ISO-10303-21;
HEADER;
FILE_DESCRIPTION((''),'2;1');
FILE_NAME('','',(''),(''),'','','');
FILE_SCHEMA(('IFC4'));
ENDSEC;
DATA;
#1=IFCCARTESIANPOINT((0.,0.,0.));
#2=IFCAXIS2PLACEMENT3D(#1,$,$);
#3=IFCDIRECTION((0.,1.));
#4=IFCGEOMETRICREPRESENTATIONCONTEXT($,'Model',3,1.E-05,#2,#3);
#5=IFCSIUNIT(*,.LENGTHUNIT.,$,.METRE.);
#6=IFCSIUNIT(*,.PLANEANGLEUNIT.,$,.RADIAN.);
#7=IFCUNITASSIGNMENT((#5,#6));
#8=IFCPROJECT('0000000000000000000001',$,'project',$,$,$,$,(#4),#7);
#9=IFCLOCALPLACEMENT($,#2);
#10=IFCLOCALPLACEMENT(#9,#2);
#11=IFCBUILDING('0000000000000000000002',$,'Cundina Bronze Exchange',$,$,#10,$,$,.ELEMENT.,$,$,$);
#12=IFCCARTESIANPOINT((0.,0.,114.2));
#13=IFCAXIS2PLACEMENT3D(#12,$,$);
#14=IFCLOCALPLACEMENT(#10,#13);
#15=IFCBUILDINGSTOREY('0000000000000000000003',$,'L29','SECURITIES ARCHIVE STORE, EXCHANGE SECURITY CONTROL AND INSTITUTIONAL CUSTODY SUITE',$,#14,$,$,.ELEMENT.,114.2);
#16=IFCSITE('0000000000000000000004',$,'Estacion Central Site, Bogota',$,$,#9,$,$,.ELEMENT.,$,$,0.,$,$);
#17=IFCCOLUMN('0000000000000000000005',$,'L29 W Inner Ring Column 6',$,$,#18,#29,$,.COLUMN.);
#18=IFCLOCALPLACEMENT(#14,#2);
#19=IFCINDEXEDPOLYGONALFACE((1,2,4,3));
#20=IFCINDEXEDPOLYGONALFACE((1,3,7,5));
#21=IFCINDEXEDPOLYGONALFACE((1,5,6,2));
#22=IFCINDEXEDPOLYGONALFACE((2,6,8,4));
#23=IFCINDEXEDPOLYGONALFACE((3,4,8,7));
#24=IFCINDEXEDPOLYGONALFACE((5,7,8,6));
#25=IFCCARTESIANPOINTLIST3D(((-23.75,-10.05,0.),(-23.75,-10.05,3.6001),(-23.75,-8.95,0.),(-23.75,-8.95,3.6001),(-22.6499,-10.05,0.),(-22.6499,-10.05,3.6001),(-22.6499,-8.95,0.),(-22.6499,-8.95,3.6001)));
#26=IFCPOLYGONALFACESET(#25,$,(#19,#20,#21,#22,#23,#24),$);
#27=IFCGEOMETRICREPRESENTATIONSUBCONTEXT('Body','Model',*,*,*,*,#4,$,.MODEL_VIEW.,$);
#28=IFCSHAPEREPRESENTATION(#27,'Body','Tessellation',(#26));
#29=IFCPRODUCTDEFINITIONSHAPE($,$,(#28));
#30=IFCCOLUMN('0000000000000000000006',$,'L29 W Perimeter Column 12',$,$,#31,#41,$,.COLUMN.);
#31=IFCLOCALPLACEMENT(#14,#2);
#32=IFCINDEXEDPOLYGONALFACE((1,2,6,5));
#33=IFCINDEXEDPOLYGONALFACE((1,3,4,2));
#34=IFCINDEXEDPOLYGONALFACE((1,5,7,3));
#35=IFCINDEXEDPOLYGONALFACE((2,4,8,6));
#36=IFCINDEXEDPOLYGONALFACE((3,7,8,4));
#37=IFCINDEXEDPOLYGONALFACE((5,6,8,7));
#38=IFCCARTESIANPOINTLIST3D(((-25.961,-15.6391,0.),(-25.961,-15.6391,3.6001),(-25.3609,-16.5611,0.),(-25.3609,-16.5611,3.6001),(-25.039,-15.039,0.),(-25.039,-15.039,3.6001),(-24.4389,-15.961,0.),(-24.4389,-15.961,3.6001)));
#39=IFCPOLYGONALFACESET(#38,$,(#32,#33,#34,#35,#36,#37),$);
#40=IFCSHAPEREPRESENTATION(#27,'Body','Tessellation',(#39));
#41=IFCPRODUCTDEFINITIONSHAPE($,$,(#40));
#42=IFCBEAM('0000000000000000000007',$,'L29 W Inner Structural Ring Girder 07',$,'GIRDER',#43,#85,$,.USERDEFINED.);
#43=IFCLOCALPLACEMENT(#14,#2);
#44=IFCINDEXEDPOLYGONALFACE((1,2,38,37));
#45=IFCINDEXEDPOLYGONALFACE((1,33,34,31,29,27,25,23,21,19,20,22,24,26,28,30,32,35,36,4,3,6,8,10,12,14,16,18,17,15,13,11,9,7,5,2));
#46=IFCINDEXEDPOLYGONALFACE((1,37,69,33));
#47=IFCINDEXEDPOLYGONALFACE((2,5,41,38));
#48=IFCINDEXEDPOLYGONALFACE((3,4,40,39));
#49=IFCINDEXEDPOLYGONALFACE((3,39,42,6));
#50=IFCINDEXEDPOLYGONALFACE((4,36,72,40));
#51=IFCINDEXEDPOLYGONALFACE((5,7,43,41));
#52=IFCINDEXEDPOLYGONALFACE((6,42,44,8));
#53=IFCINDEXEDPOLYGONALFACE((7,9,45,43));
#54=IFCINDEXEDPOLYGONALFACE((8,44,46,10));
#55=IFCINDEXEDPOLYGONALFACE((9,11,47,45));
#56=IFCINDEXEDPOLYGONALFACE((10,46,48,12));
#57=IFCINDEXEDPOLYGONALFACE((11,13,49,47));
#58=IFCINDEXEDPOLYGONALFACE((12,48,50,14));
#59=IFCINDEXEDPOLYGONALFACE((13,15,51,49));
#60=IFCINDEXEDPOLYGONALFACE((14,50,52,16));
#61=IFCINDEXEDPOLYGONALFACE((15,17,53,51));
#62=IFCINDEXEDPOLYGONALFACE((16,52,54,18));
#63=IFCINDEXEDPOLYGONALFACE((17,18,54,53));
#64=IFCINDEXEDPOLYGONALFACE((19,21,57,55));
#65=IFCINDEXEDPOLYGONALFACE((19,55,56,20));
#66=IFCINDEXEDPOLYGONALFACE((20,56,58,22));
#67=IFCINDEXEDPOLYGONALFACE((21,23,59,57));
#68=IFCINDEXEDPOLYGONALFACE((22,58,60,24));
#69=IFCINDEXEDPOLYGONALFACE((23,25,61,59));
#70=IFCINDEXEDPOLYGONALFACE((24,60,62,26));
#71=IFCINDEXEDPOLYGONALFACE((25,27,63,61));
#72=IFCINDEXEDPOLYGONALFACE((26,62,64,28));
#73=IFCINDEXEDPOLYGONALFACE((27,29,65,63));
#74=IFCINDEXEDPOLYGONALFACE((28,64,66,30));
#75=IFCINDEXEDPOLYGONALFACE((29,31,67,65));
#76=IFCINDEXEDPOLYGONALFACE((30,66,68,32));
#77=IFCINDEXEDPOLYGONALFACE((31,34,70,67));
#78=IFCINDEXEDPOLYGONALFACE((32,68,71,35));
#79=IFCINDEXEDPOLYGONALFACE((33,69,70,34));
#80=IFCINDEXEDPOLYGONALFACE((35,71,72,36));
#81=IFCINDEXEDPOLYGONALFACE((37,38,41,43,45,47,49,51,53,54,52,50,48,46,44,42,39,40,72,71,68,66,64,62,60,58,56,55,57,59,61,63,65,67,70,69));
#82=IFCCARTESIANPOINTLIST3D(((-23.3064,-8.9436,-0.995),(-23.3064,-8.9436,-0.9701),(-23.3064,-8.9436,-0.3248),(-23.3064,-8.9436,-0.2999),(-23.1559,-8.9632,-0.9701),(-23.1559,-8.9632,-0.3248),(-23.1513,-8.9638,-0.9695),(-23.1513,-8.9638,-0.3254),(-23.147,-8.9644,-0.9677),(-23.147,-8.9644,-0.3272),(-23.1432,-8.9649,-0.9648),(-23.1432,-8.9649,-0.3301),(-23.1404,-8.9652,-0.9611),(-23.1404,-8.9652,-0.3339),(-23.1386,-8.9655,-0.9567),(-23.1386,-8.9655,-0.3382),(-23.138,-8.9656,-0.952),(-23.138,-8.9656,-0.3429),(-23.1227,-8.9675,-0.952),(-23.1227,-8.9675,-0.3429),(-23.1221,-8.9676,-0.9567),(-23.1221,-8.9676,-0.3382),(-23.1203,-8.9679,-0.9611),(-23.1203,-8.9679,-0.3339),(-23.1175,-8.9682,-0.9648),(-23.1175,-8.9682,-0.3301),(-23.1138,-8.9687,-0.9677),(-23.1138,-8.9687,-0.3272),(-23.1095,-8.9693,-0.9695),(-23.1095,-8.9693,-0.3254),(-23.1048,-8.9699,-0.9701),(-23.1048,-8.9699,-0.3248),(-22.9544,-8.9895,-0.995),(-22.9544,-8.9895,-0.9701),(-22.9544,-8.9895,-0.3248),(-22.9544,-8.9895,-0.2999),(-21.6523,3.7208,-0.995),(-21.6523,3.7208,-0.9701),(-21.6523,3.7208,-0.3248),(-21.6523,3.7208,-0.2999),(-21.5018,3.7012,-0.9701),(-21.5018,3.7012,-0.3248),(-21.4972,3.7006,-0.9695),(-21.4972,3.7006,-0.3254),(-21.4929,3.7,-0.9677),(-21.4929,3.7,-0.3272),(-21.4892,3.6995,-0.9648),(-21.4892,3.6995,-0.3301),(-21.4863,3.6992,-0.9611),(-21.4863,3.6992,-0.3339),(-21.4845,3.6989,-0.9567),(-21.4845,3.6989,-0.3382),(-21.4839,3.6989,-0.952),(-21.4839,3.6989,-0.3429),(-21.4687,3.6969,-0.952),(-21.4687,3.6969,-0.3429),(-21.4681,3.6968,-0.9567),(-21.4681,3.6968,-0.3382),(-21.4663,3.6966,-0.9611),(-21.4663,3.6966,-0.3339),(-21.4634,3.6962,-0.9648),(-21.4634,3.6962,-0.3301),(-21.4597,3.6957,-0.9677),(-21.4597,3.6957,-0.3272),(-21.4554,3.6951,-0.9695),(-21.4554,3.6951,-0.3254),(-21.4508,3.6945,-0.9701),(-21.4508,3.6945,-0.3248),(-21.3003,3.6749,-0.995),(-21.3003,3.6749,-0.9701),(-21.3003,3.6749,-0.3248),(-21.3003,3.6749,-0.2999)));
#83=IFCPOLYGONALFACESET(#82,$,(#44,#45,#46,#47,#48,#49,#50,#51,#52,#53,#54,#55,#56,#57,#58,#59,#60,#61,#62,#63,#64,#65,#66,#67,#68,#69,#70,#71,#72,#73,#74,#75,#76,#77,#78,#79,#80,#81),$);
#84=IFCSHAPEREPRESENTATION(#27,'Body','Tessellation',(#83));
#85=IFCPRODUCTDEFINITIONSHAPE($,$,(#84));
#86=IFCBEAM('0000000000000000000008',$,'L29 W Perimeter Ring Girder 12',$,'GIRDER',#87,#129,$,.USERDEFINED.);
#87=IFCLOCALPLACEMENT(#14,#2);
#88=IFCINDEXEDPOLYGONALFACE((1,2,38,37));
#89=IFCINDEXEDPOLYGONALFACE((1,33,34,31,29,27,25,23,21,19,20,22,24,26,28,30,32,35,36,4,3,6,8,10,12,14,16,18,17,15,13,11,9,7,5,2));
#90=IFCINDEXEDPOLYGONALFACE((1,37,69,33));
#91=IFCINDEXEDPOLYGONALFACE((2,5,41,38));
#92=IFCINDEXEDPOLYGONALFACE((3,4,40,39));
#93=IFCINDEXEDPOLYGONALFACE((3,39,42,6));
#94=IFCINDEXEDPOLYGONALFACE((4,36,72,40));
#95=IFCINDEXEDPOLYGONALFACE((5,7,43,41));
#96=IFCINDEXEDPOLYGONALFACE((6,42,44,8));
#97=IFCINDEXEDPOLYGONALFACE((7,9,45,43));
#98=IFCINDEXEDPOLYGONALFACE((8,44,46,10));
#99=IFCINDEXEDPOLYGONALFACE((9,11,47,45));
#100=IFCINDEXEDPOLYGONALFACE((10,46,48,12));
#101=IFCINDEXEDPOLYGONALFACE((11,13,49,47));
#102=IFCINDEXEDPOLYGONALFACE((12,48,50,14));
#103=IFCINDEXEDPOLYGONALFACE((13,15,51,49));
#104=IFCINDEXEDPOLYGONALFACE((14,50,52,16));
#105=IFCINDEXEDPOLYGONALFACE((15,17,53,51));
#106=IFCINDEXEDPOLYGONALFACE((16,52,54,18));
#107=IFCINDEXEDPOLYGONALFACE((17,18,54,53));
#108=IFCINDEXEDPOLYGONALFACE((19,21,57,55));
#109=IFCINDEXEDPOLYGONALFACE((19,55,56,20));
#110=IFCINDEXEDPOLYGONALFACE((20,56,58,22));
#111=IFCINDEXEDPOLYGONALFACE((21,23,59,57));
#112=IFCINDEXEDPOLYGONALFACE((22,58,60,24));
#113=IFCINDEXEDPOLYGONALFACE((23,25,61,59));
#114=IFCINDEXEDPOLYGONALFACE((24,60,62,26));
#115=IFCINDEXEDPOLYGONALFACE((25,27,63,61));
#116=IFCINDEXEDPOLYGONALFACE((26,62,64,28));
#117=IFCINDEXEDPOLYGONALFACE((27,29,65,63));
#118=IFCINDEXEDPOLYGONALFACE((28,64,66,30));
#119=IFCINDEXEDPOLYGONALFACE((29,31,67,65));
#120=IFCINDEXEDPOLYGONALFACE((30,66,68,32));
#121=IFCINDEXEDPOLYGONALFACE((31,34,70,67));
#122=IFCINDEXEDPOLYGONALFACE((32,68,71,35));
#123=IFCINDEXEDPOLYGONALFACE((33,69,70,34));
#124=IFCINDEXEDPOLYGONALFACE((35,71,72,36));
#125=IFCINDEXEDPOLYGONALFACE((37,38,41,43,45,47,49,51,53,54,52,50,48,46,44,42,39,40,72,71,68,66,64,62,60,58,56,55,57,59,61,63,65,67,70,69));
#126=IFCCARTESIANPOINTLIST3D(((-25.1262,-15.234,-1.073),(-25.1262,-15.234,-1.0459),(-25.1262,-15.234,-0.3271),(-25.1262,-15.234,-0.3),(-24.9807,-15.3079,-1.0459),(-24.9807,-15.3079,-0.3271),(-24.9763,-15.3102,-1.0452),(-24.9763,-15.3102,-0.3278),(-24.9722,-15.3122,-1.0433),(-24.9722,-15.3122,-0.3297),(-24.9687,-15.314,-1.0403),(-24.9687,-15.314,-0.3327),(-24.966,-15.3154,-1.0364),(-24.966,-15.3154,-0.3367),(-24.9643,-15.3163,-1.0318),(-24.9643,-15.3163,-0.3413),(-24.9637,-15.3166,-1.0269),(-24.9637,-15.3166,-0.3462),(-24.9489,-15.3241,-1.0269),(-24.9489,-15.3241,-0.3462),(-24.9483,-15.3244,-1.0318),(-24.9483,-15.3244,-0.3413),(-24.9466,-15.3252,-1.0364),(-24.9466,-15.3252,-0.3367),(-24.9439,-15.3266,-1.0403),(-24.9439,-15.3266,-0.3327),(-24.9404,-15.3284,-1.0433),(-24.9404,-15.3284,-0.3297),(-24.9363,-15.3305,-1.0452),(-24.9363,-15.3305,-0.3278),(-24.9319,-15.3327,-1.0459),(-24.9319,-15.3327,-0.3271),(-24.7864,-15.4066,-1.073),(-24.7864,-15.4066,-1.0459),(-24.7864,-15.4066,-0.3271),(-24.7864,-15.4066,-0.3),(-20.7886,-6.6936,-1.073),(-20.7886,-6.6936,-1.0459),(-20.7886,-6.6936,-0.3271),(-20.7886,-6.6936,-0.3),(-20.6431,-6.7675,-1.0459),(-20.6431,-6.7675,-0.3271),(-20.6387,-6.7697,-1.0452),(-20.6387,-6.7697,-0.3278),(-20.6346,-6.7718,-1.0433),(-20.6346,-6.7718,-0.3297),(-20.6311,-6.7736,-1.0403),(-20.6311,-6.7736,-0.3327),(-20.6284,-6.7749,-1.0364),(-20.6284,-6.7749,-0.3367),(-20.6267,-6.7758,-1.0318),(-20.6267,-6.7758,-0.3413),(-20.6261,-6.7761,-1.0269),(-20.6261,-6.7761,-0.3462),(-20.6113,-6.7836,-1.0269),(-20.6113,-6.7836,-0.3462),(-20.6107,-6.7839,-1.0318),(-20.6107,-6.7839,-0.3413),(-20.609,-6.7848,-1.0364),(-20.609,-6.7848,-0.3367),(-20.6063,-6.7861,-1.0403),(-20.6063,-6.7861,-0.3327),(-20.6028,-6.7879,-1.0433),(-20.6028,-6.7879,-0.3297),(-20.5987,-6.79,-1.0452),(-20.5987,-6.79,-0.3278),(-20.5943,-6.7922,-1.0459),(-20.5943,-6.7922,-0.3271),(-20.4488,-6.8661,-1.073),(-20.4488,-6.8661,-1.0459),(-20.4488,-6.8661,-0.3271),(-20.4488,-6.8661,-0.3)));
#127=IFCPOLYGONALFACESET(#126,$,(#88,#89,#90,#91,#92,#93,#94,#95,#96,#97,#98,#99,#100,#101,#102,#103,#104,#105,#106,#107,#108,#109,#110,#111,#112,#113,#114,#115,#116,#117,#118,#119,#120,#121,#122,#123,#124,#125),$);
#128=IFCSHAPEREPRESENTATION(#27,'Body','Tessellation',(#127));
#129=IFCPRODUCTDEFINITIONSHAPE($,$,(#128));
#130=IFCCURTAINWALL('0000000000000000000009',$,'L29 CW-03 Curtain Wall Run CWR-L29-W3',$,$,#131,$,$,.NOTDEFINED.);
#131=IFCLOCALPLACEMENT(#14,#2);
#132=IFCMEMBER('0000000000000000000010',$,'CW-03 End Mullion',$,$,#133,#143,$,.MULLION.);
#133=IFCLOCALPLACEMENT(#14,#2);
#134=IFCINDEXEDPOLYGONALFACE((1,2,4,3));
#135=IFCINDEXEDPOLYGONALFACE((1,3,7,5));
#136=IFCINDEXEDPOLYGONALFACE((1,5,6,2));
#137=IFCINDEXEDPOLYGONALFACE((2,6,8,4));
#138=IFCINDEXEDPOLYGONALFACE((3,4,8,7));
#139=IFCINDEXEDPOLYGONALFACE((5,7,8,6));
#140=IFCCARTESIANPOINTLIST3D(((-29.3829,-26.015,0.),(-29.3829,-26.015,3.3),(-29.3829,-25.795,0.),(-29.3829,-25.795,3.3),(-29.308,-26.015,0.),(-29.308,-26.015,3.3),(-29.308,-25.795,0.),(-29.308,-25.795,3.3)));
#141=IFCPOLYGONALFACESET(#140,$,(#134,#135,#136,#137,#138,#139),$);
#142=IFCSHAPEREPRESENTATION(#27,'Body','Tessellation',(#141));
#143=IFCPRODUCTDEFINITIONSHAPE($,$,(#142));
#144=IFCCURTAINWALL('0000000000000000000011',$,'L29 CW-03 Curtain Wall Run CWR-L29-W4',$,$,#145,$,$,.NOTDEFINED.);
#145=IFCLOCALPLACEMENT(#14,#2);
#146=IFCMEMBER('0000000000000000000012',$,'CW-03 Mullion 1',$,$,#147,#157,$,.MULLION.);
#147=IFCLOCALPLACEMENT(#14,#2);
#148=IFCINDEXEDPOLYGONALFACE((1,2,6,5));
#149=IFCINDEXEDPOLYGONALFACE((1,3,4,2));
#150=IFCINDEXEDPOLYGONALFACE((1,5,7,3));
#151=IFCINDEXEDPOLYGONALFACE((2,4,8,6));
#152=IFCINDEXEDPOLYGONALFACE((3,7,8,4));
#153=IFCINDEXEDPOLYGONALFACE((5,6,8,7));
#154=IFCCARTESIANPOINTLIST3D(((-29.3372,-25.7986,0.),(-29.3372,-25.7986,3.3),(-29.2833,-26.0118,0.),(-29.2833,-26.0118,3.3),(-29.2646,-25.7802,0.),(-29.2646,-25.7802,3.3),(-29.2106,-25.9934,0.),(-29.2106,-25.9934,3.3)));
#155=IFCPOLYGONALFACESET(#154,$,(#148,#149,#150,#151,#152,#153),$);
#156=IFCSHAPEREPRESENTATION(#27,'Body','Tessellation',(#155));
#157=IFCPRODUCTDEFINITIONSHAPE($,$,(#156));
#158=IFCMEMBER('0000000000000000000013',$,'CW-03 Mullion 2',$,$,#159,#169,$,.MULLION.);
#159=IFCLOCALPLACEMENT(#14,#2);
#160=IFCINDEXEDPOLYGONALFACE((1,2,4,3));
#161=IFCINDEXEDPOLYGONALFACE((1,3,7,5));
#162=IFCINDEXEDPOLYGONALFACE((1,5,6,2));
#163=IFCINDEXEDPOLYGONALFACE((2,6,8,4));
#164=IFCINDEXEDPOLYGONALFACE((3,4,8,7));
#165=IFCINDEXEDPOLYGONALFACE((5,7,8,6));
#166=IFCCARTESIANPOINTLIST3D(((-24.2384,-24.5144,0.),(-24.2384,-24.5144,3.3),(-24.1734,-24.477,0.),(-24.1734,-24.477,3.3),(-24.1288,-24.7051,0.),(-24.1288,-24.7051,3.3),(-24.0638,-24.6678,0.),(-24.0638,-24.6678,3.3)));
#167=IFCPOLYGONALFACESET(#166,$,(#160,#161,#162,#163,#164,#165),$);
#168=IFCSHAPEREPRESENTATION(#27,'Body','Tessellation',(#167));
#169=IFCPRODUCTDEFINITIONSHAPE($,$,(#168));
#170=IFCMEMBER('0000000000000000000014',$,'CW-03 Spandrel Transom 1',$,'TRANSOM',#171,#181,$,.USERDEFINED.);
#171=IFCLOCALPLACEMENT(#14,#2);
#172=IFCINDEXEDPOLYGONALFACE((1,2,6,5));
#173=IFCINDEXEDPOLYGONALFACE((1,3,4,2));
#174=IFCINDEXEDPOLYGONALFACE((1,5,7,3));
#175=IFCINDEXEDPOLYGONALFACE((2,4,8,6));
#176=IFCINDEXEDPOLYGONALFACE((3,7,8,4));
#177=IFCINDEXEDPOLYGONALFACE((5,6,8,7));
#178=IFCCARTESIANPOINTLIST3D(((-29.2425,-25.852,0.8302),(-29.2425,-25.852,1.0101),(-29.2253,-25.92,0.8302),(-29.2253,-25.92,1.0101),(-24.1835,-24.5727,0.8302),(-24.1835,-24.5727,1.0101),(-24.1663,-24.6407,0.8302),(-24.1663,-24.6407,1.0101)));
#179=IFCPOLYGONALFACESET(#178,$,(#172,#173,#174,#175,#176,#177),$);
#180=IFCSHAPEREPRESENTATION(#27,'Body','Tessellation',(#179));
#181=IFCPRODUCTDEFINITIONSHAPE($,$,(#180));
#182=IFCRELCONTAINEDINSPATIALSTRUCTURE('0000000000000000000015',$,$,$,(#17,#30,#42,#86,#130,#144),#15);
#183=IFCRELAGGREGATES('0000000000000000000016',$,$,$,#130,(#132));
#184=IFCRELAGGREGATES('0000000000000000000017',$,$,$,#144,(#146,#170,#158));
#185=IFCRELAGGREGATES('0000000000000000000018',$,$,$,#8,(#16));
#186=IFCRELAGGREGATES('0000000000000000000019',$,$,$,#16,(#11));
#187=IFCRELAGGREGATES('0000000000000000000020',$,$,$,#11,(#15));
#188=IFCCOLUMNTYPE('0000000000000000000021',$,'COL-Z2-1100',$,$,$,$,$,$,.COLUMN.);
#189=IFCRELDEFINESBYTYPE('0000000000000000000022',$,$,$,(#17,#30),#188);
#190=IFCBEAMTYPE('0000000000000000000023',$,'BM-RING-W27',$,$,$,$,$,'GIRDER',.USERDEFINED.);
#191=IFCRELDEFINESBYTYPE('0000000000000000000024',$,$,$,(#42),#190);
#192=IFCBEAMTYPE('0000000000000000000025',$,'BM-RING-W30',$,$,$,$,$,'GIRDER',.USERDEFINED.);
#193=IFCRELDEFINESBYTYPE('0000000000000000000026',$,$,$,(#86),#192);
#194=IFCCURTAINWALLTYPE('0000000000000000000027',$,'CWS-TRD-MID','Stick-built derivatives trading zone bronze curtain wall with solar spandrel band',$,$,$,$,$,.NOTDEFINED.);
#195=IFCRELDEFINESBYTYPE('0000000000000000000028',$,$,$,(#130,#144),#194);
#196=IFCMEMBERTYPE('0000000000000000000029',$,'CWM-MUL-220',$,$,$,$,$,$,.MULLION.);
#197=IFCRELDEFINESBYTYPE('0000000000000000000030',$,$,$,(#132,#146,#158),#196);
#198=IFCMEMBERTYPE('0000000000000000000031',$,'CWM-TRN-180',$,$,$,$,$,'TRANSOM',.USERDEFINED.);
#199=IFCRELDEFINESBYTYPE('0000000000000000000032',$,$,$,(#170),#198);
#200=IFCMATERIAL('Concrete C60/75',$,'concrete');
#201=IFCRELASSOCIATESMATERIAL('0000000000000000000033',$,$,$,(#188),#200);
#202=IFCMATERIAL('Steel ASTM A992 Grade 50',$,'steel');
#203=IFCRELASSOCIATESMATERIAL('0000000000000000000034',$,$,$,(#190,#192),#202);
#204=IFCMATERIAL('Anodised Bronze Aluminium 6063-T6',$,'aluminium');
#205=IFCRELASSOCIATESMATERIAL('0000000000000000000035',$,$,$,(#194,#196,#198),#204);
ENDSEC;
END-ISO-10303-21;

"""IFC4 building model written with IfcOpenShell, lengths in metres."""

from ifc_helpers import new_model, si_unit, direction, frame, origin, origin_2d, place, context, subcontext, project, spatial, rectangle, i_section, extrude, material, material_profile, profile_set, type_object, element, aggregate, save


model = new_model("IFC4")

# Units and contexts
model_context = context("Model", 3, precision=1e-05, world=origin(), true_north=direction((0.0, 1.0)))
body_context = subcontext(model_context, "Body", "Model", "MODEL_VIEW")
ifc_project = project(units=[si_unit("LENGTHUNIT", "METRE"), si_unit("PLANEANGLEUNIT", "RADIAN")], contexts=[model_context])

# Site, building, storey
site_placement = place(None, origin())
site = spatial("IfcSite", under=ifc_project, at=site_placement, Name="Estacion Central Site, Bogota", CompositionType="ELEMENT", RefElevation=0.0)
building_placement = place(site_placement, origin())
building = spatial("IfcBuilding", under=site, at=building_placement, Name="Cundina Bronze Exchange", CompositionType="ELEMENT")
storey_placement = place(building_placement, frame((0.0, 0.0, 114.2)))
storey = spatial("IfcBuildingStorey", under=building, at=storey_placement, Name="L29", Description="SECURITIES ARCHIVE STORE, EXCHANGE SECURITY CONTROL AND INSTITUTIONAL CUSTODY SUITE", CompositionType="ELEMENT", Elevation=114.2)

# Columns
ifc_material_1 = material(Name="Concrete C60/75", Category="concrete")
ifc_material_profile_1 = material_profile(ifc_material_1, rectangle(XDim=1.1001, YDim=1.1001, at=origin_2d()), Name="RC1100X1100", Category="concrete")
ifc_profile_set_1 = profile_set([ifc_material_profile_1], Name="Concrete C60/75")
column_type = type_object("IfcColumnType", Name="COL-Z2-1100", PredefinedType="COLUMN", material=ifc_profile_set_1)
for number, where, z_axis, x_axis, name in (
    (1, (-23.2, -9.5, 0.0), (0.0, 0.0, 1.0), (1.0, 0.0, 0.0), "L29 W Inner Ring Column 6"),
    (2, (-25.2, -15.8, 0.0), (0.0, 0.0, 1.0), (0.8381, 0.545517, 0.0), "L29 W Perimeter Column 12"),
):
    element("IfcColumn", number, at=place(storey_placement, frame(where, z_axis=z_axis, x_axis=x_axis)), inside=storey, type_object=column_type, Name=name, PredefinedType="COLUMN", context=body_context, shape_type="SweptSolid", body=[
        extrude(rectangle(XDim=1.1001, YDim=1.1001, at=origin_2d()), origin(), (0.0, 0.0, 1.0), 3.6001),
    ])

# Beams
ifc_material_2 = material(Name="Steel ASTM A992 Grade 50", Category="steel")
ifc_material_profile_2 = material_profile(ifc_material_2, i_section(OverallWidth=0.355, OverallDepth=0.6951, WebThickness=0.0154, FlangeThickness=0.0249, FilletRadius=0.0181, at=origin_2d()), Name="W27X146", Category="steel")
ifc_profile_set_2 = profile_set([ifc_material_profile_2], Name="Steel ASTM A992 Grade 50")
beam_type_1 = type_object("IfcBeamType", Name="BM-RING-W27", ElementType="GIRDER", PredefinedType="USERDEFINED", material=ifc_profile_set_2)
beam_1_placement = place(storey_placement, frame((-23.1304, -8.9666, -0.6475), z_axis=(0.129508, 0.991578, 0.0), x_axis=(-0.991578, 0.129508, 0.0)))
element("IfcBeam", 3, at=beam_1_placement, inside=storey, type_object=beam_type_1, Name="L29 W Inner Structural Ring Girder 07", ObjectType="GIRDER", PredefinedType="USERDEFINED", context=body_context, shape_type="SweptSolid", body=[
    extrude(i_section(OverallWidth=0.355, OverallDepth=0.6951, WebThickness=0.0154, FlangeThickness=0.0249, FilletRadius=0.0181, at=origin_2d()), origin(), (0.0, 0.0, 1.0), 12.772),
])
ifc_material_profile_3 = material_profile(ifc_material_2, i_section(OverallWidth=0.3811, OverallDepth=0.7729, WebThickness=0.0166, FlangeThickness=0.0271, FilletRadius=0.019, at=origin_2d()), Name="W30X173", Category="steel")
ifc_profile_set_3 = profile_set([ifc_material_profile_3], Name="Steel ASTM A992 Grade 50")
beam_type_2 = type_object("IfcBeamType", Name="BM-RING-W30", ElementType="GIRDER", PredefinedType="USERDEFINED", material=ifc_profile_set_3)
beam_2_placement = place(storey_placement, frame((-24.9563, -15.3203, -0.6865), z_axis=(0.452832, 0.891596, 0.0), x_axis=(-0.891596, 0.452832, 0.0)))
element("IfcBeam", 4, at=beam_2_placement, inside=storey, type_object=beam_type_2, Name="L29 W Perimeter Ring Girder 12", ObjectType="GIRDER", PredefinedType="USERDEFINED", context=body_context, shape_type="SweptSolid", body=[
    extrude(i_section(OverallWidth=0.3811, OverallDepth=0.7729, WebThickness=0.0166, FlangeThickness=0.0271, FilletRadius=0.019, at=origin_2d()), origin(), (0.0, 0.0, 1.0), 9.5789),
])

# Curtain wall, member
ifc_material_3 = material(Name="Anodised Bronze Aluminium 6063-T6", Category="aluminium")
curtain_wall_type = type_object("IfcCurtainWallType", Name="CWS-TRD-MID", Description="Stick-built derivatives trading zone bronze curtain wall with solar spandrel band", PredefinedType="NOTDEFINED", material=ifc_material_3)
curtain_wall_1_placement = place(storey_placement, origin())
curtain_wall_1 = element("IfcCurtainWall", 5, at=curtain_wall_1_placement, inside=storey, type_object=curtain_wall_type, Name="L29 CW-03 Curtain Wall Run CWR-L29-W3", PredefinedType="NOTDEFINED")
ifc_material_profile_4 = material_profile(ifc_material_3, rectangle(XDim=0.075, YDim=0.22, at=origin_2d()), Name="AL75X220", Category="aluminium")
ifc_profile_set_4 = profile_set([ifc_material_profile_4], Name="Anodised Bronze Aluminium 6063-T6")
member_type_1 = type_object("IfcMemberType", Name="CWM-MUL-220", PredefinedType="MULLION", material=ifc_profile_set_4)
member_1_placement = place(storey_placement, frame((-29.3455, -25.905, 0.0), z_axis=(0.0, 0.0, 1.0), x_axis=(1.0, 0.0, 0.0)))
member_1 = element("IfcMember", 6, at=member_1_placement, type_object=member_type_1, Name="CW-03 End Mullion", PredefinedType="MULLION", context=body_context, shape_type="SweptSolid", body=[
    extrude(rectangle(XDim=0.075, YDim=0.22, at=origin_2d()), origin(), (0.0, 0.0, 1.0), 3.3),
])
aggregate(curtain_wall_1, [member_1])

# Curtain wall, members
curtain_wall_2_placement = place(storey_placement, origin())
curtain_wall_2 = element("IfcCurtainWall", 7, at=curtain_wall_2_placement, inside=storey, type_object=curtain_wall_type, Name="L29 CW-03 Curtain Wall Run CWR-L29-W4", PredefinedType="NOTDEFINED")
member_2_placement = place(storey_placement, frame((-29.2739, -25.896, 0.0), z_axis=(0.0, 0.0, 1.0), x_axis=(0.969488, 0.245138, 0.0)))
member_2 = element("IfcMember", 8, at=member_2_placement, type_object=member_type_1, Name="CW-03 Mullion 1", PredefinedType="MULLION", context=body_context, shape_type="SweptSolid", body=[
    extrude(rectangle(XDim=0.075, YDim=0.22, at=origin_2d()), origin(), (0.0, 0.0, 1.0), 3.3),
])
member_3_placement = place(storey_placement, frame((-24.1511, -24.5911, 0.0), z_axis=(0.0, 0.0, 1.0), x_axis=(0.867071, 0.498185, 0.0)))
member_3 = element("IfcMember", 9, at=member_3_placement, type_object=member_type_1, Name="CW-03 Mullion 2", PredefinedType="MULLION", context=body_context, shape_type="SweptSolid", body=[
    extrude(rectangle(XDim=0.075, YDim=0.22, at=origin_2d()), origin(), (0.0, 0.0, 1.0), 3.3),
])
ifc_material_profile_5 = material_profile(ifc_material_3, rectangle(XDim=0.0701, YDim=0.1799, at=origin_2d()), Name="AL70X180", Category="aluminium")
ifc_profile_set_5 = profile_set([ifc_material_profile_5], Name="Anodised Bronze Aluminium 6063-T6")
member_type_2 = type_object("IfcMemberType", Name="CWM-TRN-180", ElementType="TRANSOM", PredefinedType="USERDEFINED", material=ifc_profile_set_5)
member_4_placement = place(storey_placement, frame((-29.2339, -25.886, 0.9202), z_axis=(0.969484, 0.245155, 0.0), x_axis=(-0.245155, 0.969484, 0.0)))
member_4 = element("IfcMember", 10, at=member_4_placement, type_object=member_type_2, Name="CW-03 Spandrel Transom 1", ObjectType="TRANSOM", PredefinedType="USERDEFINED", context=body_context, shape_type="SweptSolid", body=[
    extrude(rectangle(XDim=0.0701, YDim=0.1799, at=origin_2d()), origin(), (0.0, 0.0, 1.0), 5.2183),
])
aggregate(curtain_wall_2, [member_2, member_4, member_3])

save(model, "model.ifc")
